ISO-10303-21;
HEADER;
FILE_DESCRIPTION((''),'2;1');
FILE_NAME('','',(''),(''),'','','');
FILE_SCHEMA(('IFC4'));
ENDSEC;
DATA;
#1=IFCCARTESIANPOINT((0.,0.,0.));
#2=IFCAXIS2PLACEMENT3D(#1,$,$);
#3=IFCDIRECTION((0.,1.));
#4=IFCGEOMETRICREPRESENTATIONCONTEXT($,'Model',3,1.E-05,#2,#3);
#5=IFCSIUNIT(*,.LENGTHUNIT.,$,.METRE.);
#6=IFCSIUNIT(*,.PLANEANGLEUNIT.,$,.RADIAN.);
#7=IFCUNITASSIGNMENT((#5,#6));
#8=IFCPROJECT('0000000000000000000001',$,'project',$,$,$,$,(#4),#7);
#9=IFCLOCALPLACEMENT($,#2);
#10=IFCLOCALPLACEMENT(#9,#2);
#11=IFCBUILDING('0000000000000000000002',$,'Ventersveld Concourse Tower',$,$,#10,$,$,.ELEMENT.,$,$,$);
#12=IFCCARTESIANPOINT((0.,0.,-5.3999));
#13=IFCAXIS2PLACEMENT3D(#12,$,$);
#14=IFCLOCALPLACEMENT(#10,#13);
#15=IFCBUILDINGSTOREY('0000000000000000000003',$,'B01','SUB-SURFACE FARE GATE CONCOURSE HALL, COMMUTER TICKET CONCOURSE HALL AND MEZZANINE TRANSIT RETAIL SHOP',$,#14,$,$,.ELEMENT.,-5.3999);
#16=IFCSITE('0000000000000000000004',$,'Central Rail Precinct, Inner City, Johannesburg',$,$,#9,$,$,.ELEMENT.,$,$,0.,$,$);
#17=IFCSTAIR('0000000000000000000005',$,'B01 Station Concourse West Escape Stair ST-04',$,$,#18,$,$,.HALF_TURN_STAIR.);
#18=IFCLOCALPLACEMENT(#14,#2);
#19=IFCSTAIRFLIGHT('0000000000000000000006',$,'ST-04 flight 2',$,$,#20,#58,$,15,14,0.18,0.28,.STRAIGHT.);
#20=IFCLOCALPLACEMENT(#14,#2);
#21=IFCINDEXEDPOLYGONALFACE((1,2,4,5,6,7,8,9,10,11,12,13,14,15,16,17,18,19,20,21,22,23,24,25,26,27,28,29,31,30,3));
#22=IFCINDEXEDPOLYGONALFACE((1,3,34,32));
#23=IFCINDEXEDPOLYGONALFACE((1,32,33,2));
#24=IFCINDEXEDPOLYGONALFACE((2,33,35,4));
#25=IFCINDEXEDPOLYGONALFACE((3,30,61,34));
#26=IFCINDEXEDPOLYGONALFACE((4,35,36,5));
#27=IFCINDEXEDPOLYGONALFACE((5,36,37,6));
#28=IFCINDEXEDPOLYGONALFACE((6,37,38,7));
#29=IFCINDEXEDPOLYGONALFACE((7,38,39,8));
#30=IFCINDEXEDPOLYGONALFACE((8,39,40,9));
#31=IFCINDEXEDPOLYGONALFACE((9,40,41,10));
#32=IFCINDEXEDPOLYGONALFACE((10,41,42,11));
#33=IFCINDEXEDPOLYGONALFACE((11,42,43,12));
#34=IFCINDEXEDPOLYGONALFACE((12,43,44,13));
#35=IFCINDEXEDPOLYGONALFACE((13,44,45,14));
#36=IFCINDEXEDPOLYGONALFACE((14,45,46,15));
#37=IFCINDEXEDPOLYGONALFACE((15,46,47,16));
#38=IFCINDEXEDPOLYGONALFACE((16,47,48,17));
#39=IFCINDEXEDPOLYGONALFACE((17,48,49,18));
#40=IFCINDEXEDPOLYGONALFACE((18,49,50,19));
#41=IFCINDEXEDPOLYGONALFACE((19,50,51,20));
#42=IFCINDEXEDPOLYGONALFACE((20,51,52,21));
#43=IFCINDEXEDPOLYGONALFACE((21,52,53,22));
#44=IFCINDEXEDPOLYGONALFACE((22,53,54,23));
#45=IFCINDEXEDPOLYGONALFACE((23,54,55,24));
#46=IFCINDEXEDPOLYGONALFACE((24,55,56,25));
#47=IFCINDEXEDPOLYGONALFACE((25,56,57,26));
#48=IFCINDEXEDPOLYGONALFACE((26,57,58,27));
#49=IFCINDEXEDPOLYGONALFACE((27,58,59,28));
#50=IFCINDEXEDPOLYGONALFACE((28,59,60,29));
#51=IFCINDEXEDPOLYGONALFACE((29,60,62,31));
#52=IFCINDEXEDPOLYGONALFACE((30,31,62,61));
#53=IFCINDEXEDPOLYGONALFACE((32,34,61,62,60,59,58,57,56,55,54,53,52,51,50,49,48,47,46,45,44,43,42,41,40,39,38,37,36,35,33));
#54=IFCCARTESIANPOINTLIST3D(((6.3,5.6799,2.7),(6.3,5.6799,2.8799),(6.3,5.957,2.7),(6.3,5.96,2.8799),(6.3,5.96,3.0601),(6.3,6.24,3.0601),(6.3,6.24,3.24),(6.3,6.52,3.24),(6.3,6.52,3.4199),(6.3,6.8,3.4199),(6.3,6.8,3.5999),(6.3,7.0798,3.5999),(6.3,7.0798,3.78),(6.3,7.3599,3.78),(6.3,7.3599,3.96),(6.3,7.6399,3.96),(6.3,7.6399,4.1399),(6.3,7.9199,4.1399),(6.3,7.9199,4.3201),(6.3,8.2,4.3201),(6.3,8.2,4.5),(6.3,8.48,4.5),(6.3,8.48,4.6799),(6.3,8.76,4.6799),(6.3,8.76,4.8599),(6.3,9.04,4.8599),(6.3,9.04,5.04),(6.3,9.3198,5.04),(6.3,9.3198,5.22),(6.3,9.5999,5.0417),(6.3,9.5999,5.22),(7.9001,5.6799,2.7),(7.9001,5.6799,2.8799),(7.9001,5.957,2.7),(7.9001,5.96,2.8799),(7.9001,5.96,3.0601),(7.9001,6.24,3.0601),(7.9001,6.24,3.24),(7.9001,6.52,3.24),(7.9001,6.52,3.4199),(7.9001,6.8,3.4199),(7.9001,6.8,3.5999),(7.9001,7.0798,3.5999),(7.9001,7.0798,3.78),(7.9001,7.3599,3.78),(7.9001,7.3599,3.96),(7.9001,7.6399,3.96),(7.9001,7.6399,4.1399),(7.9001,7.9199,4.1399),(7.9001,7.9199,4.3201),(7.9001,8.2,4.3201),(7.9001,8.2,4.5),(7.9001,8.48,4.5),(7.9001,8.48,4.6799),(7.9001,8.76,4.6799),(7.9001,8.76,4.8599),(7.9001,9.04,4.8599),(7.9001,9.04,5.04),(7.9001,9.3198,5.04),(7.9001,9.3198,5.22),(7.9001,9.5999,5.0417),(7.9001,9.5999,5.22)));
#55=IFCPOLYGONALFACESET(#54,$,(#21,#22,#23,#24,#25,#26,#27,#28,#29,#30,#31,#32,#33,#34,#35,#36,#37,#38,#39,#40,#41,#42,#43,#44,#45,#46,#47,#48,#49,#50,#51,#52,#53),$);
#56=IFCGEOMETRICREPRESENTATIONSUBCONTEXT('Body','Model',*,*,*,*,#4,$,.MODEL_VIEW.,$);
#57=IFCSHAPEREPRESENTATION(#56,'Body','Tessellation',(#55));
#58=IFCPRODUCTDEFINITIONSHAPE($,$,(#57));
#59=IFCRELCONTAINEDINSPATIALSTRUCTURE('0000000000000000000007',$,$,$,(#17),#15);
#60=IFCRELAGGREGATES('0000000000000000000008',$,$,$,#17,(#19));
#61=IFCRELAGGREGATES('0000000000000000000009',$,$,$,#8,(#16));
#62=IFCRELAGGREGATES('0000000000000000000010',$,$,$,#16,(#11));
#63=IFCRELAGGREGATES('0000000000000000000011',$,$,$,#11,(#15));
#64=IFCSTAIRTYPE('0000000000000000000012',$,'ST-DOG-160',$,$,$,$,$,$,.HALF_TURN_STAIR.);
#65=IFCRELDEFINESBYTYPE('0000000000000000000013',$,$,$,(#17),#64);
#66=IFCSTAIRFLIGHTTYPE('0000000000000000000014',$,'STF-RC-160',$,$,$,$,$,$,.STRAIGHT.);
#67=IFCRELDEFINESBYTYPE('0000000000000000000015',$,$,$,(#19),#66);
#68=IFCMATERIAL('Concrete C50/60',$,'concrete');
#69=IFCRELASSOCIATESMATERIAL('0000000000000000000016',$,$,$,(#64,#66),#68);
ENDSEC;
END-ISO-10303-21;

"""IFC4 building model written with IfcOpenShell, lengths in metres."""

from ifc_helpers import new_model, si_unit, direction, frame, origin, place, context, subcontext, project, spatial, polyline, outline, extrude, material, type_object, element, aggregate, save


model = new_model("IFC4")

# Units and contexts
model_context = context("Model", 3, precision=1e-05, world=origin(), true_north=direction((0.0, 1.0)))
body_context = subcontext(model_context, "Body", "Model", "MODEL_VIEW")
ifc_project = project(units=[si_unit("LENGTHUNIT", "METRE"), si_unit("PLANEANGLEUNIT", "RADIAN")], contexts=[model_context])

# Site, building, storey
site_placement = place(None, origin())
site = spatial("IfcSite", under=ifc_project, at=site_placement, Name="Central Rail Precinct, Inner City, Johannesburg", CompositionType="ELEMENT", RefElevation=0.0)
building_placement = place(site_placement, origin())
building = spatial("IfcBuilding", under=site, at=building_placement, Name="Ventersveld Concourse Tower", CompositionType="ELEMENT")
storey_placement = place(building_placement, frame((0.0, 0.0, -5.3999)))
storey = spatial("IfcBuildingStorey", under=building, at=storey_placement, Name="B01", Description="SUB-SURFACE FARE GATE CONCOURSE HALL, COMMUTER TICKET CONCOURSE HALL AND MEZZANINE TRANSIT RETAIL SHOP", CompositionType="ELEMENT", Elevation=-5.3999)

# Shared definitions
ifc_material_1 = material(Name="Concrete C50/60", Category="concrete")

# Shared definitions
stair_type = type_object("IfcStairType", Name="ST-DOG-160", PredefinedType="HALF_TURN_STAIR", material=ifc_material_1)
stair_flight_type = type_object("IfcStairFlightType", Name="STF-RC-160", PredefinedType="STRAIGHT", material=ifc_material_1)

# Stair, stair flight
stair_1_placement = place(storey_placement, origin())
stair_1 = element("IfcStair", 1, at=stair_1_placement, inside=storey, type_object=stair_type, Name="B01 Station Concourse West Escape Stair ST-04", PredefinedType="HALF_TURN_STAIR")
stair_flight_1_placement = place(storey_placement, frame((7.1001, 5.6799, 2.7), z_axis=(0.0, 0.0, 1.0), x_axis=(0.0, 1.0, 0.0)))
stair_flight_1 = element("IfcStairFlight", 2, at=stair_flight_1_placement, type_object=stair_flight_type, Name="ST-04 flight 2", NumberOfRisers=15, NumberOfTreads=14, PredefinedType="STRAIGHT", RiserHeight=0.18, TreadLength=0.28, context=body_context, shape_type="SweptSolid", body=[
    extrude(outline(polyline([(0.0, 0.0), (0.0, 0.1799), (0.28, 0.1799), (0.28, 0.3601), (0.5601, 0.3601), (0.5601, 0.54), (0.8401, 0.54), (0.8401, 0.72), (1.1201, 0.72), (1.1201, 0.8999), (1.3999, 0.8999), (1.3999, 1.0801), (1.6799, 1.0801), (1.6799, 1.26), (1.96, 1.26), (1.96, 1.4399), (2.24, 1.4399), (2.24, 1.6201), (2.52, 1.6201), (2.52, 1.8), (2.8, 1.8), (2.8, 1.98), (3.0801, 1.98), (3.0801, 2.1599), (3.3601, 2.1599), (3.3601, 2.3401), (3.6399, 2.3401), (3.6399, 2.52), (3.9199, 2.52), (3.9199, 2.7), (3.9199, 2.3418), (0.2771, 0.0), (0.0, 0.0)])), frame((0.0, 0.8, 0.0), z_axis=(0.0, -1.0, 0.0), x_axis=(1.0, 0.0, 0.0)), (0.0, 0.0, 1.0), 1.6001),
])
aggregate(stair_1, [stair_flight_1])

save(model, "model.ifc")
